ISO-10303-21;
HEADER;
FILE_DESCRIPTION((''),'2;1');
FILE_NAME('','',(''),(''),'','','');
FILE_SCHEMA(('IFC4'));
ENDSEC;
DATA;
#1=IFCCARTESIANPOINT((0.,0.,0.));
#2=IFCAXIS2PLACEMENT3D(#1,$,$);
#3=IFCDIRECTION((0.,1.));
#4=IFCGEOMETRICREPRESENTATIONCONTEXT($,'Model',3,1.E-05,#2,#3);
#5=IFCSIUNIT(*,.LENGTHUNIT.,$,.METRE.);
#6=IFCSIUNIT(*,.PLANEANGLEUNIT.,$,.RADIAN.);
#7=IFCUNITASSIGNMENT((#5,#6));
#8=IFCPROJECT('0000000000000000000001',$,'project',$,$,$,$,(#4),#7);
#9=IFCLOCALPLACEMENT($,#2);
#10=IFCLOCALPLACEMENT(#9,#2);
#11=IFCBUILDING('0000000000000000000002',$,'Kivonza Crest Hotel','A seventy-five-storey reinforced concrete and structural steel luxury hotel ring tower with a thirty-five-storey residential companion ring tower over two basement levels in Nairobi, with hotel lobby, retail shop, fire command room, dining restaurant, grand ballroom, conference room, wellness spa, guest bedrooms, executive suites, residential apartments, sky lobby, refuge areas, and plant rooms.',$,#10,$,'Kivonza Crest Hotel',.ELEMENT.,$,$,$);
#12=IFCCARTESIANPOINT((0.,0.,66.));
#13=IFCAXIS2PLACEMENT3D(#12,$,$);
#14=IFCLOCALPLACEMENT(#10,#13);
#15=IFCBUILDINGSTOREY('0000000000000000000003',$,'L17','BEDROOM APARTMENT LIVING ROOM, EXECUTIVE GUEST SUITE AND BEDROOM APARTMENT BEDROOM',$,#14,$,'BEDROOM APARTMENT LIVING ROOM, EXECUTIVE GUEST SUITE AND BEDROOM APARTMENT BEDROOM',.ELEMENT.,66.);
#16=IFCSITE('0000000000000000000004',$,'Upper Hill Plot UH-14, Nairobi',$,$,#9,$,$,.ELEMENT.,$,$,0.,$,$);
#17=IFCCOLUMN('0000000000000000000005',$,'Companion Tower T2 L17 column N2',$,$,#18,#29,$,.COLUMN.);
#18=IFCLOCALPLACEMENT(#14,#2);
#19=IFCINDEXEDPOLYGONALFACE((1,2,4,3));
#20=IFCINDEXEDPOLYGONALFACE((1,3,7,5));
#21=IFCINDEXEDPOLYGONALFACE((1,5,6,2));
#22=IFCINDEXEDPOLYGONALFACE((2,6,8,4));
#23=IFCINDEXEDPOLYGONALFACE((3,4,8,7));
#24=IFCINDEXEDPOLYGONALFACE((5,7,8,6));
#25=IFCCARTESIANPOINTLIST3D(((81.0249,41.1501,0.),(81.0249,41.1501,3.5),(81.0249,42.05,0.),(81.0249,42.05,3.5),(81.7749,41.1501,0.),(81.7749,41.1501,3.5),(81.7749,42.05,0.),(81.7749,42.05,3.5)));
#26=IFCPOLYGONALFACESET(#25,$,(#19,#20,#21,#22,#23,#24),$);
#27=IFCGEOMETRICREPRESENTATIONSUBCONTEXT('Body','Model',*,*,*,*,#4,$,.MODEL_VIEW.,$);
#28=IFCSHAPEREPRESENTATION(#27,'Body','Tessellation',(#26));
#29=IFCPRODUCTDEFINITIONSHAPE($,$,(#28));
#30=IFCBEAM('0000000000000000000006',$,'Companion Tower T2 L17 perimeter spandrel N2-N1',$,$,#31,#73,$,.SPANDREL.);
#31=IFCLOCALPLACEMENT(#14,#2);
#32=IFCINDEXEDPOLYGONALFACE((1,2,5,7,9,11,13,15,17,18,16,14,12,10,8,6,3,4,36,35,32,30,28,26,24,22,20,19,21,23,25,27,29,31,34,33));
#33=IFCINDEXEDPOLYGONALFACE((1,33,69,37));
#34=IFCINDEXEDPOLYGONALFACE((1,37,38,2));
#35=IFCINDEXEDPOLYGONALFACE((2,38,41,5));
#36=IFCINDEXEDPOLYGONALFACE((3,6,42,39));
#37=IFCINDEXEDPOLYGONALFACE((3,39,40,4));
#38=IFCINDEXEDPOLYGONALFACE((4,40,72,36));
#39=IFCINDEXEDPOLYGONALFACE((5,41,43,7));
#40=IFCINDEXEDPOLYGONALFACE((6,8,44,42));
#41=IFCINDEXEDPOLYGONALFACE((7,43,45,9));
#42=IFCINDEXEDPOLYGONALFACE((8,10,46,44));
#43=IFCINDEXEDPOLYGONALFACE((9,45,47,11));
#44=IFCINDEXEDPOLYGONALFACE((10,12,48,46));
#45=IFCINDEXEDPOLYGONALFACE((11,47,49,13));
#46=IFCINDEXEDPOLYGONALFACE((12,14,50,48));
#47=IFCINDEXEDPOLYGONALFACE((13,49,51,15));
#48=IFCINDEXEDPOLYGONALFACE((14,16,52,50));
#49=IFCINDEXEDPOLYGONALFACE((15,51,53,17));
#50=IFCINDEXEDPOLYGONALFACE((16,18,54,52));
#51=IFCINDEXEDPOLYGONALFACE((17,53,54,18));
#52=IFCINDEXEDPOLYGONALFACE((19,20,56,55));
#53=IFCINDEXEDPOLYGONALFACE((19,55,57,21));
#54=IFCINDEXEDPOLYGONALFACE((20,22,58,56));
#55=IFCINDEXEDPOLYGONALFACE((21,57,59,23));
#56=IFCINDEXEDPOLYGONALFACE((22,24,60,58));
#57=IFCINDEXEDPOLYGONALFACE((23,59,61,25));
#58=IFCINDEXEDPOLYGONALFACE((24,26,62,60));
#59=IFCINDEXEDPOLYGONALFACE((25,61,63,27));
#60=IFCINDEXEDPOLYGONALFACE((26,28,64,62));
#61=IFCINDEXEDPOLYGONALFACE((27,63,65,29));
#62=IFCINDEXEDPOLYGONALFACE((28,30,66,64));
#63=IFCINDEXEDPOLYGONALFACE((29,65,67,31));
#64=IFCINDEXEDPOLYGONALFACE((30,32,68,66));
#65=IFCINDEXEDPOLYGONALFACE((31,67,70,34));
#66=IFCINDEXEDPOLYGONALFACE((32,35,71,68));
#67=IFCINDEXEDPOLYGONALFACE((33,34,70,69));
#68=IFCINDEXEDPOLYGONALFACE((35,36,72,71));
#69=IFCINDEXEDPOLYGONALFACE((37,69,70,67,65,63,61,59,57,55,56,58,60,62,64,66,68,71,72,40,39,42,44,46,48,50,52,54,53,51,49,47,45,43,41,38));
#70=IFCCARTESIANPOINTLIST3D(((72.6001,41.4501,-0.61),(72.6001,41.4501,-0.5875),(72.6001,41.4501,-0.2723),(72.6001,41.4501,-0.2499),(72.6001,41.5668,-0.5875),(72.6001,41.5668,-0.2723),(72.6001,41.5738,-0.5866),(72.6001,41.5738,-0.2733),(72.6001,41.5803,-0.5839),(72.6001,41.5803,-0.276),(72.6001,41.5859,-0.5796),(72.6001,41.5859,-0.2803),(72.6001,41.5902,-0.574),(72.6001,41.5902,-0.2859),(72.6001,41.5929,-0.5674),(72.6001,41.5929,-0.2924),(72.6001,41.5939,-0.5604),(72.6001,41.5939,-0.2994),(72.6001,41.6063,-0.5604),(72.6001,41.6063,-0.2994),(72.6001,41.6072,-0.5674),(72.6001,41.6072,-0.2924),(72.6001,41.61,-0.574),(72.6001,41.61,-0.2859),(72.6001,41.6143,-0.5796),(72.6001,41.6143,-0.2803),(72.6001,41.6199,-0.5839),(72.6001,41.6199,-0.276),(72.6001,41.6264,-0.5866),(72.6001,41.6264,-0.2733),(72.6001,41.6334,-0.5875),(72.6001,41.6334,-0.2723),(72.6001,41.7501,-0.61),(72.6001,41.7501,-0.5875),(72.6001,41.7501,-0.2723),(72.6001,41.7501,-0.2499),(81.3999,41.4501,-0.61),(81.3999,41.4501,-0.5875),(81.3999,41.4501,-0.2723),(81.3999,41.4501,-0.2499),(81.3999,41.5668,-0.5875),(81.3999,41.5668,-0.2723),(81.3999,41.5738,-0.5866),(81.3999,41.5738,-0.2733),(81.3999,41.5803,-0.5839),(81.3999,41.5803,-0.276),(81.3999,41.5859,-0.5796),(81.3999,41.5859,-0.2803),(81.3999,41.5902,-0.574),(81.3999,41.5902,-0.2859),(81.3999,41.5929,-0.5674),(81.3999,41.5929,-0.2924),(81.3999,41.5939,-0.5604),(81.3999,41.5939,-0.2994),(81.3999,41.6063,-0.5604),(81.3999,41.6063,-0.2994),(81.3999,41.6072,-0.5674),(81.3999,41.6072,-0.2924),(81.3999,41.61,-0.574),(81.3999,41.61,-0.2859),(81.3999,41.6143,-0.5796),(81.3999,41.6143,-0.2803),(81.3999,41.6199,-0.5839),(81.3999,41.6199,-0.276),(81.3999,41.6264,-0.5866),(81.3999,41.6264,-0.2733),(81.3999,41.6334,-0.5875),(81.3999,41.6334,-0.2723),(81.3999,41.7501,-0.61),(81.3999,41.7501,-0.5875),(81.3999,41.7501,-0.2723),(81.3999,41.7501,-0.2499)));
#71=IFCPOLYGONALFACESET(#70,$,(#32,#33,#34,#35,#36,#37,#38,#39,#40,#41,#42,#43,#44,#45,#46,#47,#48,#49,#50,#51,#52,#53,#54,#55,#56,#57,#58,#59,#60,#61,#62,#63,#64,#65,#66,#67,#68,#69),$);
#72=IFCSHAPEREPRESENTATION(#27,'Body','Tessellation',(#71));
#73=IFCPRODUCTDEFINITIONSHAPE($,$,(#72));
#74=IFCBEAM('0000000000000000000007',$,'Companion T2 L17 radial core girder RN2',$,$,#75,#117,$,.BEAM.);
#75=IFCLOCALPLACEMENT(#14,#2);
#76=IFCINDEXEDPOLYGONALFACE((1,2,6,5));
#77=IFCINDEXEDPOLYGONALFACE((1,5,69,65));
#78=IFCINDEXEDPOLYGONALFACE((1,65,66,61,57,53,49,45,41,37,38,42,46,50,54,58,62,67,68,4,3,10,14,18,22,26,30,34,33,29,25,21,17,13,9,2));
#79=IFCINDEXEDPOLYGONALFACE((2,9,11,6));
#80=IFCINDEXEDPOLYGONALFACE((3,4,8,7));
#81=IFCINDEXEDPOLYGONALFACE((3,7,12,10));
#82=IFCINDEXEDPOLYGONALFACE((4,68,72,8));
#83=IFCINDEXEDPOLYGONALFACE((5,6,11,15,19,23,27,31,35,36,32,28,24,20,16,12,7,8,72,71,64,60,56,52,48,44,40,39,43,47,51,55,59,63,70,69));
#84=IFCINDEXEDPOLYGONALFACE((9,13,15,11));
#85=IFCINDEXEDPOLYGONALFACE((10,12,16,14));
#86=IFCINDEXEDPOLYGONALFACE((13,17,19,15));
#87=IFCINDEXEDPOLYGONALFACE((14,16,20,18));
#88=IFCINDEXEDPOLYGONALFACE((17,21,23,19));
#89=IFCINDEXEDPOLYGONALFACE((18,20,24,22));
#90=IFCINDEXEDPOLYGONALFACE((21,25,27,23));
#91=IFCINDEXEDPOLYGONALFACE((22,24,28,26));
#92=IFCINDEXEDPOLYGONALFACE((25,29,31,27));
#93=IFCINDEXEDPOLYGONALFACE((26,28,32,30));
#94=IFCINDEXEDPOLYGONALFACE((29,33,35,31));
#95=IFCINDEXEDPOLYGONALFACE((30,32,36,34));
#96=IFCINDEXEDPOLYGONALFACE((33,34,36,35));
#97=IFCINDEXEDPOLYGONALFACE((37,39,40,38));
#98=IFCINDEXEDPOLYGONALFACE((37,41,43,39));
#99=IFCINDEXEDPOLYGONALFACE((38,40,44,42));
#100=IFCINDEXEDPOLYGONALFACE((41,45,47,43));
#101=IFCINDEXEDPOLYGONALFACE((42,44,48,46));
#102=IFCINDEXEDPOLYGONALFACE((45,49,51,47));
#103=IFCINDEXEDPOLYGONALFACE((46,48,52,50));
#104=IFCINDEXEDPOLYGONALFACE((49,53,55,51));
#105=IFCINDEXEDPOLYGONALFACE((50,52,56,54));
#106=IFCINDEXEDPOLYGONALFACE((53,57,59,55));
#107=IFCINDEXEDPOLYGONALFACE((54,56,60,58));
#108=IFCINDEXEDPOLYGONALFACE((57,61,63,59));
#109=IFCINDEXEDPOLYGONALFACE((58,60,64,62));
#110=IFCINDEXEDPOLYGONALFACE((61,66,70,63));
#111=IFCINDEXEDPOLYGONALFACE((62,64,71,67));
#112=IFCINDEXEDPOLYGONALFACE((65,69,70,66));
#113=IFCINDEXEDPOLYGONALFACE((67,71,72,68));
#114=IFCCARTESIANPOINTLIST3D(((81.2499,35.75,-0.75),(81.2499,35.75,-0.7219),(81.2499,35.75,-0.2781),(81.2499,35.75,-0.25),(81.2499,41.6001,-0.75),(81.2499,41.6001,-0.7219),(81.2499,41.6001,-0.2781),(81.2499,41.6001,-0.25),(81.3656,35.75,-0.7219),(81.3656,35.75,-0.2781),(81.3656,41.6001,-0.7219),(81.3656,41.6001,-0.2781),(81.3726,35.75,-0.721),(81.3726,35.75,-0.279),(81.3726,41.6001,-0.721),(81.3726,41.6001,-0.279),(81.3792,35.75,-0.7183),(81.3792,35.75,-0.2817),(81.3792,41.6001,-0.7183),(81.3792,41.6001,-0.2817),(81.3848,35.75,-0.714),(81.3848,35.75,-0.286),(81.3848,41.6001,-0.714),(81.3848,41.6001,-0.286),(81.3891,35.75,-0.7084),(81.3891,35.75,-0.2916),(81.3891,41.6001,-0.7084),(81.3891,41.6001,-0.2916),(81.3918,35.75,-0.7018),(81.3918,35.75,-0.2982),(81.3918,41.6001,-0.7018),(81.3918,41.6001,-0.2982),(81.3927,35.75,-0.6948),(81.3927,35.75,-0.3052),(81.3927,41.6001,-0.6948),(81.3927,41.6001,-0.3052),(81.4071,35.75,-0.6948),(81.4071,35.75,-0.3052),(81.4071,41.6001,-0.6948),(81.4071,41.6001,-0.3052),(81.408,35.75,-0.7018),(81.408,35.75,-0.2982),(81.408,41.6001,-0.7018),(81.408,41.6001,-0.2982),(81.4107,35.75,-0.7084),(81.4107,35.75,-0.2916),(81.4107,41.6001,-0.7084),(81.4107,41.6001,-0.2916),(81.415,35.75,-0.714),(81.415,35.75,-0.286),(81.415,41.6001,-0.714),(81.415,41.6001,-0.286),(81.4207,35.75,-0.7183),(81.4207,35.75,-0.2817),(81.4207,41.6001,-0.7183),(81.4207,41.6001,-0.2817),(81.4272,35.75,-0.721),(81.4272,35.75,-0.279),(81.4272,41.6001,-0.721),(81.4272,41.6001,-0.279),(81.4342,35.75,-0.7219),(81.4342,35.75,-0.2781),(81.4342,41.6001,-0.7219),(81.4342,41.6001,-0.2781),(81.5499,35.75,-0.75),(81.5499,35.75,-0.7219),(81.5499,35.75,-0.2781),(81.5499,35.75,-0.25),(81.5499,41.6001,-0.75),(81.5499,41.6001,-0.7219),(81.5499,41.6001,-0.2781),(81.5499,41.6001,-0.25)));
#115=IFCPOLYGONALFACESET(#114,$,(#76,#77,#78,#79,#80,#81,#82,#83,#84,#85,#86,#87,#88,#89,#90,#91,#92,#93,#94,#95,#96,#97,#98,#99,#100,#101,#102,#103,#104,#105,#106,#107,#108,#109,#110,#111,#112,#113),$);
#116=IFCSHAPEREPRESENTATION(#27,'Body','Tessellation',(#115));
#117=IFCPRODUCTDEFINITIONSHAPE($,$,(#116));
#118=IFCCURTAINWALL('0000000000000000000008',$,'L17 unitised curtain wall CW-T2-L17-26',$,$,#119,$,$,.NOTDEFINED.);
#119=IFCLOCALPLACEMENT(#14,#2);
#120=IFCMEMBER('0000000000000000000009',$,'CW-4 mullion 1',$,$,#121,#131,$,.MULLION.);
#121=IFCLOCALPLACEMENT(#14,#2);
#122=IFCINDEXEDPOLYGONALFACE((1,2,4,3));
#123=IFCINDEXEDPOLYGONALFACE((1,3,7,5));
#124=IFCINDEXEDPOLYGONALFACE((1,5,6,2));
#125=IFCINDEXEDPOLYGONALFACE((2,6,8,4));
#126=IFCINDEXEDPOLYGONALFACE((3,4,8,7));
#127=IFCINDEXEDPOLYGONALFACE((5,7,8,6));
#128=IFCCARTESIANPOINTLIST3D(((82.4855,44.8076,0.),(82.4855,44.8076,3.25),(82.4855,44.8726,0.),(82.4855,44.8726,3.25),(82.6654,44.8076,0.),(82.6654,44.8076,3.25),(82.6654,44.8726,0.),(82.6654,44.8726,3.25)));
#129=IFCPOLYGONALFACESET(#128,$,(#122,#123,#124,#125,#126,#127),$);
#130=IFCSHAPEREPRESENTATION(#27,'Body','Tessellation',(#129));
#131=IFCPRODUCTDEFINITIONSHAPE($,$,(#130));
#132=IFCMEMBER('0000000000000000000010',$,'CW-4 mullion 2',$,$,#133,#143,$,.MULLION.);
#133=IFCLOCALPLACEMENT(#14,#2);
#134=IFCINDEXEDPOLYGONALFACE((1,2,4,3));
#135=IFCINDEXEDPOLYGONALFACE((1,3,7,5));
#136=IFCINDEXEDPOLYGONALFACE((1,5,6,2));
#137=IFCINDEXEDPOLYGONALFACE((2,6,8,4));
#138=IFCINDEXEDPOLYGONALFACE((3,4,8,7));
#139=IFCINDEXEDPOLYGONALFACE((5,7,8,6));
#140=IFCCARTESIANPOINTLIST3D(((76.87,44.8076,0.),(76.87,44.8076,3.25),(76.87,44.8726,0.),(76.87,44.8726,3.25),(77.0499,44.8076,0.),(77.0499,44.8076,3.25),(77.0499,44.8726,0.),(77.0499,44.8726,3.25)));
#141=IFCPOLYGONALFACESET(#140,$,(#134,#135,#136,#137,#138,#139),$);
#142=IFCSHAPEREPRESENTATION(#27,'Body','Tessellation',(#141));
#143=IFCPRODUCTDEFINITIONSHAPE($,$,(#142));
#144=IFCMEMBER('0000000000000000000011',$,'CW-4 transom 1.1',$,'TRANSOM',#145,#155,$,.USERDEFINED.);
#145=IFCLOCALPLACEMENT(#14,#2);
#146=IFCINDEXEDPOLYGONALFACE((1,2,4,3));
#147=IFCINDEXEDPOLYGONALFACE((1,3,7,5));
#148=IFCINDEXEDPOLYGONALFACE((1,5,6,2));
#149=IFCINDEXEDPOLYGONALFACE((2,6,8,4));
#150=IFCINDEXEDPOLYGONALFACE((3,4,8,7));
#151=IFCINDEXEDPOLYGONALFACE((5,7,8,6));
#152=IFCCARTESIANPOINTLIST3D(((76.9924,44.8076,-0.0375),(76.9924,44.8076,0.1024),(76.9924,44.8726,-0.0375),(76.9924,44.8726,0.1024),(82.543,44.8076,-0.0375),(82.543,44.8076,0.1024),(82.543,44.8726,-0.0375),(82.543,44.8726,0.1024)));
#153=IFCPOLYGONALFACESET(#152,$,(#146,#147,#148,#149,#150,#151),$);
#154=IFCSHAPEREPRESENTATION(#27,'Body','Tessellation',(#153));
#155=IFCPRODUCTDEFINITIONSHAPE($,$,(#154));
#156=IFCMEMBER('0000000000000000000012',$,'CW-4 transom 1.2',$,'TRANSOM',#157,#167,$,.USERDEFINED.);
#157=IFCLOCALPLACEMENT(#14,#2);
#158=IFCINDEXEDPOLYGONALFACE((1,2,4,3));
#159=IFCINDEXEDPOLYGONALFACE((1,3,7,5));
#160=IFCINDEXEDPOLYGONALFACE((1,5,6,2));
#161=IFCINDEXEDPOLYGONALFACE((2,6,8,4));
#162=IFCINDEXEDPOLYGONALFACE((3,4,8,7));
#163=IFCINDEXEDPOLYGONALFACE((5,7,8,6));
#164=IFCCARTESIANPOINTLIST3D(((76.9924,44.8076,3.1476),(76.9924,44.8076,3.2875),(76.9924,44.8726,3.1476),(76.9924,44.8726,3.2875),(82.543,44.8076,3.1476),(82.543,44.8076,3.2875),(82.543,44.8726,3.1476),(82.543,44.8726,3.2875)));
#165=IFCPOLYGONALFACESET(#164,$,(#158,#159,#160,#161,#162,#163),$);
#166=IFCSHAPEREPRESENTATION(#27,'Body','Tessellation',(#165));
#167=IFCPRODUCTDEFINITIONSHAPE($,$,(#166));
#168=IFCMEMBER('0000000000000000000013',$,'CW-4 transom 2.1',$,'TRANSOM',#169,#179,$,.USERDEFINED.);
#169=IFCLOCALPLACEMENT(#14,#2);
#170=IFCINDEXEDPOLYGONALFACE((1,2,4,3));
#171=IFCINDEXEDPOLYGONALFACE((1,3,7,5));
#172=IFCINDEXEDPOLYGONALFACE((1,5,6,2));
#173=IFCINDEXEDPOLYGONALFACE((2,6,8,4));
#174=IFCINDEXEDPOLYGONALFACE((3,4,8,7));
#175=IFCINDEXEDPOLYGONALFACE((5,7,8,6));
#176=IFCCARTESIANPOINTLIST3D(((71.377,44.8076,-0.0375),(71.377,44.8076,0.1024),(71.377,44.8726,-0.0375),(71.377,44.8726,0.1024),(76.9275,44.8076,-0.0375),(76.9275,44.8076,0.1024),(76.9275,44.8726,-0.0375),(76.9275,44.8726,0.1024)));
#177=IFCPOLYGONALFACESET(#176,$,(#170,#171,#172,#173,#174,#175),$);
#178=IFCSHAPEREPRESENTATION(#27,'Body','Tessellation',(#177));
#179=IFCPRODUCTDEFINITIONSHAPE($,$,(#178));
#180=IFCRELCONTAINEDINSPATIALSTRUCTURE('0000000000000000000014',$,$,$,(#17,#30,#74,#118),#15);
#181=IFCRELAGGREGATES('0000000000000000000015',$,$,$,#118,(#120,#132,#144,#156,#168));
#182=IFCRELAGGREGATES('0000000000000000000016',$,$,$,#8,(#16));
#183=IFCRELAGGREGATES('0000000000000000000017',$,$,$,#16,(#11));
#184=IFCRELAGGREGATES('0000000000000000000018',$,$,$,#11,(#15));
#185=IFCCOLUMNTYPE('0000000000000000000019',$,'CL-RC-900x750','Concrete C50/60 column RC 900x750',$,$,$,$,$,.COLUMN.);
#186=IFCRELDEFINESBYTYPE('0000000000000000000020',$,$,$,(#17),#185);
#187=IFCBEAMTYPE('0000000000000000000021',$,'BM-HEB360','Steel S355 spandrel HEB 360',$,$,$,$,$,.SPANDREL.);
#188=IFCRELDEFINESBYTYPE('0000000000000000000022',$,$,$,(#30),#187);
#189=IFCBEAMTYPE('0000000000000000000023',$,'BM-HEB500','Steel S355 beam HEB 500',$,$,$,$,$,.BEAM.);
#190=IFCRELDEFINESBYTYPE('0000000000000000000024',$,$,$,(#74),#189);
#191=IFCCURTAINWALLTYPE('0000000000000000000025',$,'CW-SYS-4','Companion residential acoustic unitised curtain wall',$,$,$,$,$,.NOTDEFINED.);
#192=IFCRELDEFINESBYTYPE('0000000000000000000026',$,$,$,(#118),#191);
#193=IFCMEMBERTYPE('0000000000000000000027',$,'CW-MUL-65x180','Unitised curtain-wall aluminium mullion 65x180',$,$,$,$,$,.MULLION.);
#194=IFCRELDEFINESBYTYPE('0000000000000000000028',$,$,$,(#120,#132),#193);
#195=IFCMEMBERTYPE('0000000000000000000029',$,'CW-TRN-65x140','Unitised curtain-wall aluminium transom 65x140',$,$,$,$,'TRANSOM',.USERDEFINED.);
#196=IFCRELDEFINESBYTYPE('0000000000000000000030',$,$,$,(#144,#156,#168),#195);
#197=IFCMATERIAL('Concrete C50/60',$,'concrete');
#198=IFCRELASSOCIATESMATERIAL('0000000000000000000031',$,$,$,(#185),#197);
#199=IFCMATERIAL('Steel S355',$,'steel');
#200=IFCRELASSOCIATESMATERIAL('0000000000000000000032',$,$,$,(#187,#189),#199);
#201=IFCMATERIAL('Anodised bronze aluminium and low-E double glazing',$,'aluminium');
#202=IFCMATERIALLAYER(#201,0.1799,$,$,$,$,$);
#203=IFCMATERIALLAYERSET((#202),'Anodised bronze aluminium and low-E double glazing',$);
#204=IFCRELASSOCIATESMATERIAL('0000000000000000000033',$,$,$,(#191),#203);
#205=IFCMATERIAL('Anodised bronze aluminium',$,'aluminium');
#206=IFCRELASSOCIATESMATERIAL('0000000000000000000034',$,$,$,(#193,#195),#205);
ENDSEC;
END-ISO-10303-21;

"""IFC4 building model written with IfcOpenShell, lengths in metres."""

from ifc_helpers import new_model, si_unit, direction, frame, origin, origin_2d, place, context, subcontext, project, spatial, rectangle, i_section, extrude, material, layer, layer_set, material_profile, profile_set, type_object, element, aggregate, save


model = new_model("IFC4")

# Units and contexts
model_context = context("Model", 3, precision=1e-05, world=origin(), true_north=direction((0.0, 1.0)))
body_context = subcontext(model_context, "Body", "Model", "MODEL_VIEW")
ifc_project = project(units=[si_unit("LENGTHUNIT", "METRE"), si_unit("PLANEANGLEUNIT", "RADIAN")], contexts=[model_context])

# Site, building, storey
site_placement = place(None, origin())
site = spatial("IfcSite", under=ifc_project, at=site_placement, Name="Upper Hill Plot UH-14, Nairobi", CompositionType="ELEMENT", RefElevation=0.0)
building_placement = place(site_placement, origin())
building = spatial("IfcBuilding", under=site, at=building_placement, Name="Kivonza Crest Hotel", Description="A seventy-five-storey reinforced concrete and structural steel luxury hotel ring tower with a thirty-five-storey residential companion ring tower over two basement levels in Nairobi, with hotel lobby, retail shop, fire command room, dining restaurant, grand ballroom, conference room, wellness spa, guest bedrooms, executive suites, residential apartments, sky lobby, refuge areas, and plant rooms.", LongName="Kivonza Crest Hotel", CompositionType="ELEMENT")
storey_placement = place(building_placement, frame((0.0, 0.0, 66.0)))
storey = spatial("IfcBuildingStorey", under=building, at=storey_placement, Name="L17", Description="BEDROOM APARTMENT LIVING ROOM, EXECUTIVE GUEST SUITE AND BEDROOM APARTMENT BEDROOM", LongName="BEDROOM APARTMENT LIVING ROOM, EXECUTIVE GUEST SUITE AND BEDROOM APARTMENT BEDROOM", CompositionType="ELEMENT", Elevation=66.0)

# Column
ifc_material_1 = material(Name="Concrete C50/60", Category="concrete")
ifc_material_profile_1 = material_profile(ifc_material_1, rectangle(XDim=0.75, YDim=0.8999, at=origin_2d()), Name="RC 900x750")
ifc_profile_set_1 = profile_set([ifc_material_profile_1], Name="Concrete C50/60")
column_type = type_object("IfcColumnType", Name="CL-RC-900x750", Description="Concrete C50/60 column RC 900x750", PredefinedType="COLUMN", material=ifc_profile_set_1)
column_placement = place(storey_placement, frame((81.3999, 41.6001, 0.0), z_axis=(0.0, 0.0, 1.0), x_axis=(1.0, 0.0, 0.0)))
element("IfcColumn", 1, at=column_placement, inside=storey, type_object=column_type, Name="Companion Tower T2 L17 column N2", PredefinedType="COLUMN", context=body_context, shape_type="SweptSolid", body=[
    extrude(rectangle(XDim=0.75, YDim=0.8999, at=origin_2d()), origin(), (0.0, 0.0, 1.0), 3.5),
])

# Beams
ifc_material_2 = material(Name="Steel S355", Category="steel")
ifc_material_profile_2 = material_profile(ifc_material_2, i_section(OverallWidth=0.3, OverallDepth=0.3601, WebThickness=0.0125, FlangeThickness=0.0225, FilletRadius=0.0271, at=origin_2d()), Name="HEB 360")
ifc_profile_set_2 = profile_set([ifc_material_profile_2], Name="Steel S355")
beam_type_1 = type_object("IfcBeamType", Name="BM-HEB360", Description="Steel S355 spandrel HEB 360", PredefinedType="SPANDREL", material=ifc_profile_set_2)
beam_1_placement = place(storey_placement, frame((81.3999, 41.6001, -0.4299), z_axis=(-1.0, 0.0, 0.0), x_axis=(0.0, -1.0, 0.0)))
element("IfcBeam", 2, at=beam_1_placement, inside=storey, type_object=beam_type_1, Name="Companion Tower T2 L17 perimeter spandrel N2-N1", PredefinedType="SPANDREL", context=body_context, shape_type="SweptSolid", body=[
    extrude(i_section(OverallWidth=0.3, OverallDepth=0.3601, WebThickness=0.0125, FlangeThickness=0.0225, FilletRadius=0.0271, at=origin_2d()), origin(), (0.0, 0.0, 1.0), 8.7998),
])
ifc_material_profile_3 = material_profile(ifc_material_2, i_section(OverallWidth=0.3, OverallDepth=0.5, WebThickness=0.0144, FlangeThickness=0.0281, FilletRadius=0.0271, at=origin_2d()), Name="HEB 500")
ifc_profile_set_3 = profile_set([ifc_material_profile_3], Name="Steel S355")
beam_type_2 = type_object("IfcBeamType", Name="BM-HEB500", Description="Steel S355 beam HEB 500", PredefinedType="BEAM", material=ifc_profile_set_3)
beam_2_placement = place(storey_placement, frame((81.3999, 41.6001, -0.5), z_axis=(0.0, -1.0, 0.0), x_axis=(1.0, 0.0, 0.0)))
element("IfcBeam", 3, at=beam_2_placement, inside=storey, type_object=beam_type_2, Name="Companion T2 L17 radial core girder RN2", PredefinedType="BEAM", context=body_context, shape_type="SweptSolid", body=[
    extrude(i_section(OverallWidth=0.3, OverallDepth=0.5, WebThickness=0.0144, FlangeThickness=0.0281, FilletRadius=0.0271, at=origin_2d()), origin(), (0.0, 0.0, 1.0), 5.8501),
])

# Curtain wall, members
ifc_material_3 = material(Name="Anodised bronze aluminium and low-E double glazing", Category="aluminium")
ifc_layer_1 = layer(ifc_material_3, 0.1799)
ifc_layer_set_1 = layer_set([ifc_layer_1], Name="Anodised bronze aluminium and low-E double glazing")
curtain_wall_type = type_object("IfcCurtainWallType", Name="CW-SYS-4", Description="Companion residential acoustic unitised curtain wall", PredefinedType="NOTDEFINED", material=ifc_layer_set_1)
curtain_wall_placement = place(storey_placement, origin())
curtain_wall = element("IfcCurtainWall", 4, at=curtain_wall_placement, inside=storey, type_object=curtain_wall_type, Name="L17 unitised curtain wall CW-T2-L17-26", PredefinedType="NOTDEFINED")
ifc_material_4 = material(Name="Anodised bronze aluminium", Category="aluminium")
ifc_material_profile_4 = material_profile(ifc_material_4, rectangle(XDim=0.0649, YDim=0.1799, at=origin_2d()), Name="CW-M 65x180")
ifc_profile_set_4 = profile_set([ifc_material_profile_4], Name="Anodised bronze aluminium")
member_type_1 = type_object("IfcMemberType", Name="CW-MUL-65x180", Description="Unitised curtain-wall aluminium mullion 65x180", PredefinedType="MULLION", material=ifc_profile_set_4)
member_1_placement = place(storey_placement, frame((82.5754, 44.8401, 0.0), z_axis=(0.0, 0.0, 1.0), x_axis=(0.0, -1.0, 0.0)))
member_1 = element("IfcMember", 5, at=member_1_placement, type_object=member_type_1, Name="CW-4 mullion 1", PredefinedType="MULLION", context=body_context, shape_type="SweptSolid", body=[
    extrude(rectangle(XDim=0.0649, YDim=0.1799, at=origin_2d()), origin(), (0.0, 0.0, 1.0), 3.25),
])
member_2_placement = place(storey_placement, frame((76.96, 44.8401, 0.0), z_axis=(0.0, 0.0, 1.0), x_axis=(0.0, -1.0, 0.0)))
member_2 = element("IfcMember", 6, at=member_2_placement, type_object=member_type_1, Name="CW-4 mullion 2", PredefinedType="MULLION", context=body_context, shape_type="SweptSolid", body=[
    extrude(rectangle(XDim=0.0649, YDim=0.1799, at=origin_2d()), origin(), (0.0, 0.0, 1.0), 3.25),
])
ifc_material_profile_5 = material_profile(ifc_material_4, rectangle(XDim=0.0649, YDim=0.1399, at=origin_2d()), Name="CW-T 65x140")
ifc_profile_set_5 = profile_set([ifc_material_profile_5], Name="Anodised bronze aluminium")
member_type_2 = type_object("IfcMemberType", Name="CW-TRN-65x140", Description="Unitised curtain-wall aluminium transom 65x140", ElementType="TRANSOM", PredefinedType="USERDEFINED", material=ifc_profile_set_5)
member_3_placement = place(storey_placement, frame((82.543, 44.8401, 0.0325), z_axis=(-1.0, 0.0, 0.0), x_axis=(0.0, -1.0, 0.0)))
member_3 = element("IfcMember", 7, at=member_3_placement, type_object=member_type_2, Name="CW-4 transom 1.1", ObjectType="TRANSOM", PredefinedType="USERDEFINED", context=body_context, shape_type="SweptSolid", body=[
    extrude(rectangle(XDim=0.0649, YDim=0.1399, at=origin_2d()), origin(), (0.0, 0.0, 1.0), 5.5505),
])
member_4_placement = place(storey_placement, frame((82.543, 44.8401, 3.2175), z_axis=(-1.0, 0.0, 0.0), x_axis=(0.0, -1.0, 0.0)))
member_4 = element("IfcMember", 8, at=member_4_placement, type_object=member_type_2, Name="CW-4 transom 1.2", ObjectType="TRANSOM", PredefinedType="USERDEFINED", context=body_context, shape_type="SweptSolid", body=[
    extrude(rectangle(XDim=0.0649, YDim=0.1399, at=origin_2d()), origin(), (0.0, 0.0, 1.0), 5.5505),
])
member_5_placement = place(storey_placement, frame((76.9275, 44.8401, 0.0325), z_axis=(-1.0, 0.0, 0.0), x_axis=(0.0, -1.0, 0.0)))
member_5 = element("IfcMember", 9, at=member_5_placement, type_object=member_type_2, Name="CW-4 transom 2.1", ObjectType="TRANSOM", PredefinedType="USERDEFINED", context=body_context, shape_type="SweptSolid", body=[
    extrude(rectangle(XDim=0.0649, YDim=0.1399, at=origin_2d()), origin(), (0.0, 0.0, 1.0), 5.5505),
])
aggregate(curtain_wall, [member_1, member_2, member_3, member_4, member_5])

save(model, "model.ifc")
